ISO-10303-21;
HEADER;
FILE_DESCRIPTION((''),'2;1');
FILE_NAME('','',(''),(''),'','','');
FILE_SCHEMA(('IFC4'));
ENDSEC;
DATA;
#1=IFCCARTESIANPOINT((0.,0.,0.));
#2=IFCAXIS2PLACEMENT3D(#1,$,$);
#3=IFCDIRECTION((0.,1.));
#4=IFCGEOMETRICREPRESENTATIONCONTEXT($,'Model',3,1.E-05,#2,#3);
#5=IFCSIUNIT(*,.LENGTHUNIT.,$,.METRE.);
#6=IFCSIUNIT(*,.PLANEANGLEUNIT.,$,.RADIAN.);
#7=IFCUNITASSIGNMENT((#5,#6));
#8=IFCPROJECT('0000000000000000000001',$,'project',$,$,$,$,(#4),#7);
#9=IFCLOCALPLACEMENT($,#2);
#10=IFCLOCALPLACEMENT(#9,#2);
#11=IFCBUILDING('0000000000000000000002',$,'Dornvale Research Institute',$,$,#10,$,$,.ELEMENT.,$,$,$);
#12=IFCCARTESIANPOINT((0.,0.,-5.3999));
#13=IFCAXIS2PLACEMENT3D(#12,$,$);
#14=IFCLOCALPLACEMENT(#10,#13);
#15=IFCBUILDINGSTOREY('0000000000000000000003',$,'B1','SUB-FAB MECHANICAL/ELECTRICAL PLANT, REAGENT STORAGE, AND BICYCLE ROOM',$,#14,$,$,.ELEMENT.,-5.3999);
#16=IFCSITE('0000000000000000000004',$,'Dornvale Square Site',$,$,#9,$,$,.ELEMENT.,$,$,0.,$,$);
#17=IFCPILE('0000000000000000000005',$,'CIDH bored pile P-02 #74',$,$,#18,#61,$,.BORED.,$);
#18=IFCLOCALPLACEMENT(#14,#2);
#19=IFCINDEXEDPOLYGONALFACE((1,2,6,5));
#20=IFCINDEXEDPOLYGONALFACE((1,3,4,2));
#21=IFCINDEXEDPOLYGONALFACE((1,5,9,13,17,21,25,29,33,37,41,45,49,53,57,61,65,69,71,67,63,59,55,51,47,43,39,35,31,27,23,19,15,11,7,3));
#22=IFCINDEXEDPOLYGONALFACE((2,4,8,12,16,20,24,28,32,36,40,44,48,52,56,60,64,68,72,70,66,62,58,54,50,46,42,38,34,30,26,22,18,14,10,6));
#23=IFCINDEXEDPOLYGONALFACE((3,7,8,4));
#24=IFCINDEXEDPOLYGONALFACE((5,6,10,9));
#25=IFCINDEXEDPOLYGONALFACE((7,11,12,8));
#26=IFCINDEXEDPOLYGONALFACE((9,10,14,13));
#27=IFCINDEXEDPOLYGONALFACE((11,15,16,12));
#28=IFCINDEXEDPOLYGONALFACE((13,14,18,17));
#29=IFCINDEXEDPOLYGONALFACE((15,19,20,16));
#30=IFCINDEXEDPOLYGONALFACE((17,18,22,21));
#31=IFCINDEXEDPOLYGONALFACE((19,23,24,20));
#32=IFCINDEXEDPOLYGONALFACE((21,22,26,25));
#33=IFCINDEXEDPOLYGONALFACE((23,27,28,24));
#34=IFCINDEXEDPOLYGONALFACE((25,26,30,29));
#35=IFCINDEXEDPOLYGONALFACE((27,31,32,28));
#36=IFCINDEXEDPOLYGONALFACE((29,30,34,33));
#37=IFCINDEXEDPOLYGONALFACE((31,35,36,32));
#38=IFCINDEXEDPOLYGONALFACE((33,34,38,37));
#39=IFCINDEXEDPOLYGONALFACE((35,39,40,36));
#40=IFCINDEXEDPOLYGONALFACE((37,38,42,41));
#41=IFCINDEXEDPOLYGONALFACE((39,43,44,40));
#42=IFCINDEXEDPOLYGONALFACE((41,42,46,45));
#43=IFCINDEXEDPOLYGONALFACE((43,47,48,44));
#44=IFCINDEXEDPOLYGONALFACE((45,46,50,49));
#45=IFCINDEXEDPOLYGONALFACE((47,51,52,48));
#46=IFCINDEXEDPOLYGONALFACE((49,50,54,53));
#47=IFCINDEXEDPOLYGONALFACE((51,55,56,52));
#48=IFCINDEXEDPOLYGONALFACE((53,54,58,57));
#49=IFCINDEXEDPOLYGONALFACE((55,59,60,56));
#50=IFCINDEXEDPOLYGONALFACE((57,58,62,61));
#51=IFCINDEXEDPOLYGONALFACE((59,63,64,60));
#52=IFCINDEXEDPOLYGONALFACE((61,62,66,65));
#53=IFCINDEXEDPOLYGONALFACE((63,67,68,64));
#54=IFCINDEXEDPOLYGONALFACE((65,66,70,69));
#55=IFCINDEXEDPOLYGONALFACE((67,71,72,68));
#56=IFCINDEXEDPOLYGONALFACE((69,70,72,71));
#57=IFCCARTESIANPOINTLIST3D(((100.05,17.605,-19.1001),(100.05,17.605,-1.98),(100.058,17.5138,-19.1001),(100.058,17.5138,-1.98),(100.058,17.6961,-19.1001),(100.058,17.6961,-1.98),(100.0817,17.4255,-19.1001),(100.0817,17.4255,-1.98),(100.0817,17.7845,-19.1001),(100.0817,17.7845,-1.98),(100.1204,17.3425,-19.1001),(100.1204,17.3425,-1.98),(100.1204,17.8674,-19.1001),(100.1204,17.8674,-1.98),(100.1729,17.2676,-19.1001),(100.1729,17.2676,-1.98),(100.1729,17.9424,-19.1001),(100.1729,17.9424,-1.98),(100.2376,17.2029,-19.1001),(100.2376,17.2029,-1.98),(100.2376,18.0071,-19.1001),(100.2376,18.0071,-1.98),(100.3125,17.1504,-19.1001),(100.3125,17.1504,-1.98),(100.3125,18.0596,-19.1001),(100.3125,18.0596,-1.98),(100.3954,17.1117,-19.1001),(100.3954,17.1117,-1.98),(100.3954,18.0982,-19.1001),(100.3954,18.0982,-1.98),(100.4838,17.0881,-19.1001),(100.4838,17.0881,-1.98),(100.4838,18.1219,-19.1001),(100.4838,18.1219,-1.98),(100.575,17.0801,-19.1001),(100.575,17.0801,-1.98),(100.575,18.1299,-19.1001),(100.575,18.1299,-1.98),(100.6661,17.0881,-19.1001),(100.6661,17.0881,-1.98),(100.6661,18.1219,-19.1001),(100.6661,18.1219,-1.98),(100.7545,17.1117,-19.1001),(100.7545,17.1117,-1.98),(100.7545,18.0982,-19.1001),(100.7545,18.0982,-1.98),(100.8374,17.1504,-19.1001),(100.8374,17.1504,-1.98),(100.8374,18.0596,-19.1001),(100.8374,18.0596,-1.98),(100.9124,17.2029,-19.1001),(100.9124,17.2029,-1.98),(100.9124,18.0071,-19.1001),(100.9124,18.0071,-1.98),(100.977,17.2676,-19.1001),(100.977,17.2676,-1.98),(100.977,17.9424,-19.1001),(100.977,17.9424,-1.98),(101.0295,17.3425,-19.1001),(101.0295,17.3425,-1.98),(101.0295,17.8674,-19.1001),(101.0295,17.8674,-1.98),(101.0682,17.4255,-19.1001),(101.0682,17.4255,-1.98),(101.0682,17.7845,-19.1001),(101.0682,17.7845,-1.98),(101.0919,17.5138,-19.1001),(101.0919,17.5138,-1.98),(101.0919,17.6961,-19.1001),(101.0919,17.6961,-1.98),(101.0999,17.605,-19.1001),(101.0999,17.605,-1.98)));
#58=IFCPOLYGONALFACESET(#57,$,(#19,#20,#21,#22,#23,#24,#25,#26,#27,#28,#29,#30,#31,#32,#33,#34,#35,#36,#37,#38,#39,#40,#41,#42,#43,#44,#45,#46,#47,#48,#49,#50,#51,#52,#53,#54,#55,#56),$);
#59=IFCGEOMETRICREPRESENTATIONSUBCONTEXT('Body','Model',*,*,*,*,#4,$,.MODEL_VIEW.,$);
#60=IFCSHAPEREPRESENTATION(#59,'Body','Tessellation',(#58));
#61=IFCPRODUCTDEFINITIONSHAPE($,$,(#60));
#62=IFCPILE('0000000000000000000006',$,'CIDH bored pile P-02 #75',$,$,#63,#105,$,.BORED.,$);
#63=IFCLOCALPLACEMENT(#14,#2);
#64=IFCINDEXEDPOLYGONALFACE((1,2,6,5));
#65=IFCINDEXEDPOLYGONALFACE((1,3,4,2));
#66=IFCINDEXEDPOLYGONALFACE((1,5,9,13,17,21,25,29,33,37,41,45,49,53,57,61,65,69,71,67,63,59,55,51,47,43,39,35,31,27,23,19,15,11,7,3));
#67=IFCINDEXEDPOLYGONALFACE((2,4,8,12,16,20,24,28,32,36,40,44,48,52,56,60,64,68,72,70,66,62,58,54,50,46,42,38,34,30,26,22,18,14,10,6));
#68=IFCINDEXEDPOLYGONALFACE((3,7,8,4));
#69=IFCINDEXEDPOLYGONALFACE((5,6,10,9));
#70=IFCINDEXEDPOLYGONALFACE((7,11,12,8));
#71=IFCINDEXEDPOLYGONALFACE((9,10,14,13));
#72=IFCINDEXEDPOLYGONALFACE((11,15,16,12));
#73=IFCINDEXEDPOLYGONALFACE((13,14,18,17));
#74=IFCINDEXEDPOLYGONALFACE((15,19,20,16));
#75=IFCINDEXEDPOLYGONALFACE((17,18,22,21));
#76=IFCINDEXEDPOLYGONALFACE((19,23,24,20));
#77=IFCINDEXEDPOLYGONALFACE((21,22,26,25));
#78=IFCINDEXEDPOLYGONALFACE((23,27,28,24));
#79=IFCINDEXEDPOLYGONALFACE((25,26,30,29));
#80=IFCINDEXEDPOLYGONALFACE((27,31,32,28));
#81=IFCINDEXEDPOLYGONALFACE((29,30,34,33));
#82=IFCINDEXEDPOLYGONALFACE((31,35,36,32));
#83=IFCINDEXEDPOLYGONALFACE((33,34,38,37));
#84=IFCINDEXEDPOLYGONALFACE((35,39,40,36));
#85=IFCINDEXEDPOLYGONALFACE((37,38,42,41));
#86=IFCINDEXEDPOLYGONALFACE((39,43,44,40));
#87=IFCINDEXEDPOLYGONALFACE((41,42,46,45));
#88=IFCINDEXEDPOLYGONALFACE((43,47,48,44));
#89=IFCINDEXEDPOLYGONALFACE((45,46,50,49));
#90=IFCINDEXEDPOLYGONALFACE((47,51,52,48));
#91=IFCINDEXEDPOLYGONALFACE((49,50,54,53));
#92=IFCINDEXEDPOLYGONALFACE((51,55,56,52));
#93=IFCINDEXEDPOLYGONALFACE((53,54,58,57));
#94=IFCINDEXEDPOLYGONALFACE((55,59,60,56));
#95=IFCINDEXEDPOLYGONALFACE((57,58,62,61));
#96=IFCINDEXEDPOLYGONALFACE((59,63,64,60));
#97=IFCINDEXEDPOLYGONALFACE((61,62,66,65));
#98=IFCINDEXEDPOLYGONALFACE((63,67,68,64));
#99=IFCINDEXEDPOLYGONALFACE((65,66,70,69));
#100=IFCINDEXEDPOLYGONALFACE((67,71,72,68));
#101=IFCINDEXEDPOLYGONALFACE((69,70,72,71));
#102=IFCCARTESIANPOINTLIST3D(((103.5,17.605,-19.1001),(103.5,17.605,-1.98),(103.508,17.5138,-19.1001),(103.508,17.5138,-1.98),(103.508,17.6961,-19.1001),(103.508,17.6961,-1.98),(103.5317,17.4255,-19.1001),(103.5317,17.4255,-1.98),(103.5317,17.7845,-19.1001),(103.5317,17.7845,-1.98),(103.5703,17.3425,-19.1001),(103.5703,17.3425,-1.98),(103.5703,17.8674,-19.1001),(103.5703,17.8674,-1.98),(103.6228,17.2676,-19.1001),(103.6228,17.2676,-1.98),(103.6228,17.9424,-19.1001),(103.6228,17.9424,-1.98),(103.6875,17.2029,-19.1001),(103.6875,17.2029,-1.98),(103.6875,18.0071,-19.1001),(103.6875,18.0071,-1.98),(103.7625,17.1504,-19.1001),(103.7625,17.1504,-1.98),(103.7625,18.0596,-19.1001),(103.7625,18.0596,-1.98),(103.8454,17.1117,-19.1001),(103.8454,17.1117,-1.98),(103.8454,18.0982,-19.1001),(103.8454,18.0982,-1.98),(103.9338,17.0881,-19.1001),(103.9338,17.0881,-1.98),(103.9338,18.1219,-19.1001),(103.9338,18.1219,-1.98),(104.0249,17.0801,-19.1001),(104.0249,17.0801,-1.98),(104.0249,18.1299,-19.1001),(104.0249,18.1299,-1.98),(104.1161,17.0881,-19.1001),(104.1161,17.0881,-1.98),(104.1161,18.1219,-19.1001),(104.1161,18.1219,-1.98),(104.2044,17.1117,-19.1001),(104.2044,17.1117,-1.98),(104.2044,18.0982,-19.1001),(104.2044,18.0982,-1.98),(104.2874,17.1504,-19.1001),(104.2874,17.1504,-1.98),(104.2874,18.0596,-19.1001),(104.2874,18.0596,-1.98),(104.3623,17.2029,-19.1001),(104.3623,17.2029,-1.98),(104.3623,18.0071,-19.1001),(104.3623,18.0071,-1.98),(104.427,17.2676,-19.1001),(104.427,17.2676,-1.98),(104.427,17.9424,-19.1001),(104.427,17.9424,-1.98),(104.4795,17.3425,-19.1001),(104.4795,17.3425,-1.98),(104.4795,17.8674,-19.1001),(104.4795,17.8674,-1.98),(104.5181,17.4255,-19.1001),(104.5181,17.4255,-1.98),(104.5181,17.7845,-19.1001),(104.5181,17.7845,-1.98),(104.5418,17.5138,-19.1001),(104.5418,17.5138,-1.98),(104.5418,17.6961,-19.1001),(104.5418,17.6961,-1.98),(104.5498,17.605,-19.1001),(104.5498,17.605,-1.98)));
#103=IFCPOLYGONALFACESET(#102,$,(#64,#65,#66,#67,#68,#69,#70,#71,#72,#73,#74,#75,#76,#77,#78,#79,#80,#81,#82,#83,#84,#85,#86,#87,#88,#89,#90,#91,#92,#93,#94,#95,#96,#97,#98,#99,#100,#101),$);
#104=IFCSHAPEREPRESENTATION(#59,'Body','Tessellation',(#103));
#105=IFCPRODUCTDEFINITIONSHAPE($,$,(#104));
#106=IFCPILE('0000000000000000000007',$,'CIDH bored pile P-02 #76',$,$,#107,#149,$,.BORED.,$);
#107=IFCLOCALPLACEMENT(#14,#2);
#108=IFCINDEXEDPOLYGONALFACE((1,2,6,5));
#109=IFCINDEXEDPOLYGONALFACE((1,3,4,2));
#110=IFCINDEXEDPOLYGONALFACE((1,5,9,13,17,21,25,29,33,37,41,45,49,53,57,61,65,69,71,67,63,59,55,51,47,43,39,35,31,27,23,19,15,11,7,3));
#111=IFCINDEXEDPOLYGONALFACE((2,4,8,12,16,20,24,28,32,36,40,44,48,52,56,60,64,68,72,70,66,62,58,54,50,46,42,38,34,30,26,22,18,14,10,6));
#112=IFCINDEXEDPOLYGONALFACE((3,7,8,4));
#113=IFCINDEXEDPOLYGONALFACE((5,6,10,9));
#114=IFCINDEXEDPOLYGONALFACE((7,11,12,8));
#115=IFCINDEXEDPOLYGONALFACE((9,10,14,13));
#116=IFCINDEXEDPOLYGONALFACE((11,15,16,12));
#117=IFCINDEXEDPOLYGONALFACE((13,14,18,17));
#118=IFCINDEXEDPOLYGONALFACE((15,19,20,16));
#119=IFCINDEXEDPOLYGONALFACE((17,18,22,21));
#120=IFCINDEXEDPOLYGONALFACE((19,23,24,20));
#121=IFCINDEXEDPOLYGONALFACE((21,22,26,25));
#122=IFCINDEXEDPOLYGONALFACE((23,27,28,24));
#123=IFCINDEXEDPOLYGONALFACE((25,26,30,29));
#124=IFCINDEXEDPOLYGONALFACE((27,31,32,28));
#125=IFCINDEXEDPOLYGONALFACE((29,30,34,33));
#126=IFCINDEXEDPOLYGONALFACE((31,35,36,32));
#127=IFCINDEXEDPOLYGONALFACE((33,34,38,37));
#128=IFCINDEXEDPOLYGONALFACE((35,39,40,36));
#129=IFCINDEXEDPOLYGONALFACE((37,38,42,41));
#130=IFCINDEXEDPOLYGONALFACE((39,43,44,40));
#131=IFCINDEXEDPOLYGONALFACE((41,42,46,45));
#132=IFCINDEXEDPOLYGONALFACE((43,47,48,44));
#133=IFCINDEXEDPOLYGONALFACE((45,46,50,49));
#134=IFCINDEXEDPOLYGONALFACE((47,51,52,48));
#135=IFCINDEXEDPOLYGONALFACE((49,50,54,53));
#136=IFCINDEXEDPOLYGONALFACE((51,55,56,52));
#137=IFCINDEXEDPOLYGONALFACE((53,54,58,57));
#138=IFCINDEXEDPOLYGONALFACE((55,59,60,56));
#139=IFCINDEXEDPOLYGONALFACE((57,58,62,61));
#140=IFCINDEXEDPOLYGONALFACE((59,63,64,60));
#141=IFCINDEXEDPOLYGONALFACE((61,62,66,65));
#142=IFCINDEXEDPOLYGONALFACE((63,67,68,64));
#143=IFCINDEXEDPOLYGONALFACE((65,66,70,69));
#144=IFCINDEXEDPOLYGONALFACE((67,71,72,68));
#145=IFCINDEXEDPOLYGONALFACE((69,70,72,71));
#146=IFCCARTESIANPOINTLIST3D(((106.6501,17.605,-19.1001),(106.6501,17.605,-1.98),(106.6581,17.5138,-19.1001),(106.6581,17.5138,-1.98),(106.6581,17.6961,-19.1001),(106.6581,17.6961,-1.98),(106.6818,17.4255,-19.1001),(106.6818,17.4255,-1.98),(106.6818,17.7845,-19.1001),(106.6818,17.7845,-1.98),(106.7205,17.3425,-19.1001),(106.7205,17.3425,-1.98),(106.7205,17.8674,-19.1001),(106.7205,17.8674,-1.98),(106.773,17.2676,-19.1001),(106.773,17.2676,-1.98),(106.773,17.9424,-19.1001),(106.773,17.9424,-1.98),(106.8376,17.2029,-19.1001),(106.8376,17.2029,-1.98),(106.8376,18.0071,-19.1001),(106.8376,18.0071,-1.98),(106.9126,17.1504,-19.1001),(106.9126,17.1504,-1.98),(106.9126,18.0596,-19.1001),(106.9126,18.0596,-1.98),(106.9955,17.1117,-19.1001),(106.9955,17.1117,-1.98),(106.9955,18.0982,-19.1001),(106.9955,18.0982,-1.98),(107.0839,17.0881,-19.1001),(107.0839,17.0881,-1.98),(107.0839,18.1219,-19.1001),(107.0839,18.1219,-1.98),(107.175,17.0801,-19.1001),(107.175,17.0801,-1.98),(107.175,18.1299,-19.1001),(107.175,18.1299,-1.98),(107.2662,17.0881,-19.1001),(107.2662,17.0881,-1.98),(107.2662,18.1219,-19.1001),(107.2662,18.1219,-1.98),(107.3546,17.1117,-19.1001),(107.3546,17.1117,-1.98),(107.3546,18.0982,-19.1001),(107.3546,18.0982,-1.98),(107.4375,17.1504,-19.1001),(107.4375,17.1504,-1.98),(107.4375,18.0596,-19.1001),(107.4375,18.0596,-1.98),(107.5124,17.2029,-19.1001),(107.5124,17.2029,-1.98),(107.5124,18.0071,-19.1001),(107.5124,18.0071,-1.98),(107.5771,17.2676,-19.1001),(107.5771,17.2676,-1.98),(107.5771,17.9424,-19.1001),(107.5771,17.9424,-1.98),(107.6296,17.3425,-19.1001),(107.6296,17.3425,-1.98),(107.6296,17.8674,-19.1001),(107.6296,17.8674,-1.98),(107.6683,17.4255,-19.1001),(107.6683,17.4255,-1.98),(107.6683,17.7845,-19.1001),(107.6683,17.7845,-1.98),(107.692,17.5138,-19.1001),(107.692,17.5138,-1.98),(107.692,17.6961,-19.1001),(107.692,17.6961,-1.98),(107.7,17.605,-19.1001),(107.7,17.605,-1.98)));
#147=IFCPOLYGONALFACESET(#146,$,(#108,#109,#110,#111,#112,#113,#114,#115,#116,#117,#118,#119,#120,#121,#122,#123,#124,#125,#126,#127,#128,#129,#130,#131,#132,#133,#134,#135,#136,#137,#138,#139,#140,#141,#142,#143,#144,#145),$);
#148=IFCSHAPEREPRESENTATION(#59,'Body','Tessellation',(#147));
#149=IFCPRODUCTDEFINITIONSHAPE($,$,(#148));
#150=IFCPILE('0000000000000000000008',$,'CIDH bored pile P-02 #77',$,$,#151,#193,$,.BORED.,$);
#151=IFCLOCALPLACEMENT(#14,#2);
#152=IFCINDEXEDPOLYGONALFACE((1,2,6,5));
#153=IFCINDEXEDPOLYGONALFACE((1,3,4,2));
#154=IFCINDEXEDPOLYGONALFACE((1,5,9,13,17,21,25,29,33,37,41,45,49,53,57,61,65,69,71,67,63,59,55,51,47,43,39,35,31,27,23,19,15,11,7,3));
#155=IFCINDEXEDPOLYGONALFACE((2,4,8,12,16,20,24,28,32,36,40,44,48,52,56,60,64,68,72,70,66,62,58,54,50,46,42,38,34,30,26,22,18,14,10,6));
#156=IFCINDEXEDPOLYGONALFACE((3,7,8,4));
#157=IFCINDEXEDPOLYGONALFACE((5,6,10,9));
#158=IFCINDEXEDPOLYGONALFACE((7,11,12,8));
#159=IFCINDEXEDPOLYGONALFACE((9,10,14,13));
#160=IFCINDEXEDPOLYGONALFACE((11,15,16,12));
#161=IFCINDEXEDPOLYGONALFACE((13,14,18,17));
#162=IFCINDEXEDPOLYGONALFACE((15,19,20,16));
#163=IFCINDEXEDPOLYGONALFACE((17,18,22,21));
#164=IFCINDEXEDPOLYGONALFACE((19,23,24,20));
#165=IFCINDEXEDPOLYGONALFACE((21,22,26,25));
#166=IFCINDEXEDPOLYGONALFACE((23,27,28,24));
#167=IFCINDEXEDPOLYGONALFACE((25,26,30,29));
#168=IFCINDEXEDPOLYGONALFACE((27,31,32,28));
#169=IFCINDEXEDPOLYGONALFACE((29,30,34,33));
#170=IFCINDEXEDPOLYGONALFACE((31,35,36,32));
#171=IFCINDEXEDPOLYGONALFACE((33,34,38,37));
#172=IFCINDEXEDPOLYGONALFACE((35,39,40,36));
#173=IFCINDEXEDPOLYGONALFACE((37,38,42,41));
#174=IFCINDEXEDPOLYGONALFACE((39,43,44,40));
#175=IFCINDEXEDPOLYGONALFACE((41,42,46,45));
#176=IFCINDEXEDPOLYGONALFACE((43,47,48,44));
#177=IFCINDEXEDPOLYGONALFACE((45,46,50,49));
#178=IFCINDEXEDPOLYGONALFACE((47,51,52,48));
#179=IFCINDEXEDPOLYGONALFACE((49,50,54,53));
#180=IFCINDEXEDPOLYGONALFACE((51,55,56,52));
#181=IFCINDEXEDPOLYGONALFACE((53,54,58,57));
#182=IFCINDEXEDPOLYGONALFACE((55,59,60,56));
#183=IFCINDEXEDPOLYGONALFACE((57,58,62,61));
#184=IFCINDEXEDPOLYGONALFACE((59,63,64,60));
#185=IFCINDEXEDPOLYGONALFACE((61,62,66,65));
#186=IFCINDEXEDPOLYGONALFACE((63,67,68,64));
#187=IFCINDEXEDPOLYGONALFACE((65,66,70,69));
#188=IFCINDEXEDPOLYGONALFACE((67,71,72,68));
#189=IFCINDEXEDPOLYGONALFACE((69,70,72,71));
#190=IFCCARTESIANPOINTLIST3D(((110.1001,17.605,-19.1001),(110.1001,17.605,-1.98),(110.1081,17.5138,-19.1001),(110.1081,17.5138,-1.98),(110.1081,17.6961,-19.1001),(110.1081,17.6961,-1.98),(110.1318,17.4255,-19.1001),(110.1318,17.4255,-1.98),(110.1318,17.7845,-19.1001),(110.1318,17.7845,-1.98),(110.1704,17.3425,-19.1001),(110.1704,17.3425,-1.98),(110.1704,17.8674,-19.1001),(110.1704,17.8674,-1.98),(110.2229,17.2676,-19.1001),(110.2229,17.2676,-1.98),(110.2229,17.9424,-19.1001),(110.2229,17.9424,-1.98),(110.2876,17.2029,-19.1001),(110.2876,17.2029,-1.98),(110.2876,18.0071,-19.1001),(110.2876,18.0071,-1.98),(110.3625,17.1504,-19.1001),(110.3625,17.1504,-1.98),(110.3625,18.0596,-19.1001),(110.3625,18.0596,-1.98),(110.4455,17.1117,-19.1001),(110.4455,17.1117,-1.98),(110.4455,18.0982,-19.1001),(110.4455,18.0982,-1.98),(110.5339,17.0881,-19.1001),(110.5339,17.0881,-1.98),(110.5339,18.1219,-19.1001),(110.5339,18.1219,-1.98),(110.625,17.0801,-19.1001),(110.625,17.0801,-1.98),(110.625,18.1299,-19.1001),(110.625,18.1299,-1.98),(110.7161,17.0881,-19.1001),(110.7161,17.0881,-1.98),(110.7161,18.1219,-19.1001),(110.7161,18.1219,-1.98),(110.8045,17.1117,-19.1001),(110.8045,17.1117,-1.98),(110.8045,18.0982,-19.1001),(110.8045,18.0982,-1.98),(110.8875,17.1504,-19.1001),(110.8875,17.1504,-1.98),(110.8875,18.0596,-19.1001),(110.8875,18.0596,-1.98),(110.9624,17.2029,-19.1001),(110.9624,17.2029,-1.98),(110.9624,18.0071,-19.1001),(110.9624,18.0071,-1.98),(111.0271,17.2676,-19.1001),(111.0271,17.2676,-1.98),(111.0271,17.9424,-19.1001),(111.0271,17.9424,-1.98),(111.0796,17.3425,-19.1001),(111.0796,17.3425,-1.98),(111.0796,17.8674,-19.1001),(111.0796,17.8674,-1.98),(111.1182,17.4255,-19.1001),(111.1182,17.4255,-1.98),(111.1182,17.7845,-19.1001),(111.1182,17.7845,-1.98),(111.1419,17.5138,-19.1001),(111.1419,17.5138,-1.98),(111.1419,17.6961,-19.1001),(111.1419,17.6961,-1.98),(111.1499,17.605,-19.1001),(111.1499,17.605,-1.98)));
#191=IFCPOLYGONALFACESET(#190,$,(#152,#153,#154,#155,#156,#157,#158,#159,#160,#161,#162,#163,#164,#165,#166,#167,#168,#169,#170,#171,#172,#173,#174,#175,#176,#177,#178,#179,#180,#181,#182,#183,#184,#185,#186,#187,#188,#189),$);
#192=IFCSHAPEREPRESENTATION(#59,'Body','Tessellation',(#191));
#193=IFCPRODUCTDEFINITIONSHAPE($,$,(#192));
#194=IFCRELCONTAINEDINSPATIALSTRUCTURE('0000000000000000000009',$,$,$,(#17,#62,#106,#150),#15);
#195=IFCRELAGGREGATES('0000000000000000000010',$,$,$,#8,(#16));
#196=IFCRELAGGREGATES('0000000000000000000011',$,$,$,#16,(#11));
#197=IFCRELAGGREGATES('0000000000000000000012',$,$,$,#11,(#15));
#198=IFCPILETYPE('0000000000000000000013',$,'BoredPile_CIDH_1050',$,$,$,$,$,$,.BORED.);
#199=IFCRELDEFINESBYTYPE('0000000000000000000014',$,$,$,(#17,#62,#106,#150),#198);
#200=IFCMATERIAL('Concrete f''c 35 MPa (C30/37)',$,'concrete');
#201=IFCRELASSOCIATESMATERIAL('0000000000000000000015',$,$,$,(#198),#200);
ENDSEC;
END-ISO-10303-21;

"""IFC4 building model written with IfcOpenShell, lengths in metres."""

from ifc_helpers import new_model, si_unit, direction, frame, origin, origin_2d, place, context, subcontext, project, spatial, circle, extrude, material, material_profile, profile_set, type_object, element, save


model = new_model("IFC4")

# Units and contexts
model_context = context("Model", 3, precision=1e-05, world=origin(), true_north=direction((0.0, 1.0)))
body_context = subcontext(model_context, "Body", "Model", "MODEL_VIEW")
ifc_project = project(units=[si_unit("LENGTHUNIT", "METRE"), si_unit("PLANEANGLEUNIT", "RADIAN")], contexts=[model_context])

# Site, building, storey
site_placement = place(None, origin())
site = spatial("IfcSite", under=ifc_project, at=site_placement, Name="Dornvale Square Site", CompositionType="ELEMENT", RefElevation=0.0)
building_placement = place(site_placement, origin())
building = spatial("IfcBuilding", under=site, at=building_placement, Name="Dornvale Research Institute", CompositionType="ELEMENT")
storey_placement = place(building_placement, frame((0.0, 0.0, -5.3999)))
storey = spatial("IfcBuildingStorey", under=building, at=storey_placement, Name="B1", Description="SUB-FAB MECHANICAL/ELECTRICAL PLANT, REAGENT STORAGE, AND BICYCLE ROOM", CompositionType="ELEMENT", Elevation=-5.3999)

# Piles
ifc_material_1 = material(Name="Concrete f'c 35 MPa (C30/37)", Category="concrete")
ifc_material_profile_1 = material_profile(ifc_material_1, circle(Radius=0.5249, at=origin_2d()), Name="CIDH PILE D1050")
ifc_profile_set_1 = profile_set([ifc_material_profile_1], Name="Concrete f'c 35 MPa (C30/37)")
pile_type = type_object("IfcPileType", Name="BoredPile_CIDH_1050", PredefinedType="BORED", material=ifc_profile_set_1)
for number, where, z_axis, x_axis, name in (
    (1, (100.575, 17.605, -1.98), (0.0, 0.0, -1.0), (1.0, 0.0, 0.0), "CIDH bored pile P-02 #74"),
    (2, (104.0249, 17.605, -1.98), (0.0, 0.0, -1.0), (1.0, 0.0, 0.0), "CIDH bored pile P-02 #75"),
    (3, (107.175, 17.605, -1.98), (0.0, 0.0, -1.0), (1.0, 0.0, 0.0), "CIDH bored pile P-02 #76"),
    (4, (110.625, 17.605, -1.98), (0.0, 0.0, -1.0), (1.0, 0.0, 0.0), "CIDH bored pile P-02 #77"),
):
    element("IfcPile", number, at=place(storey_placement, frame(where, z_axis=z_axis, x_axis=x_axis)), inside=storey, type_object=pile_type, Name=name, PredefinedType="BORED", context=body_context, shape_type="SweptSolid", body=[
        extrude(circle(Radius=0.5249, at=origin_2d()), origin(), (0.0, 0.0, 1.0), 17.1201),
    ])

save(model, "model.ifc")
